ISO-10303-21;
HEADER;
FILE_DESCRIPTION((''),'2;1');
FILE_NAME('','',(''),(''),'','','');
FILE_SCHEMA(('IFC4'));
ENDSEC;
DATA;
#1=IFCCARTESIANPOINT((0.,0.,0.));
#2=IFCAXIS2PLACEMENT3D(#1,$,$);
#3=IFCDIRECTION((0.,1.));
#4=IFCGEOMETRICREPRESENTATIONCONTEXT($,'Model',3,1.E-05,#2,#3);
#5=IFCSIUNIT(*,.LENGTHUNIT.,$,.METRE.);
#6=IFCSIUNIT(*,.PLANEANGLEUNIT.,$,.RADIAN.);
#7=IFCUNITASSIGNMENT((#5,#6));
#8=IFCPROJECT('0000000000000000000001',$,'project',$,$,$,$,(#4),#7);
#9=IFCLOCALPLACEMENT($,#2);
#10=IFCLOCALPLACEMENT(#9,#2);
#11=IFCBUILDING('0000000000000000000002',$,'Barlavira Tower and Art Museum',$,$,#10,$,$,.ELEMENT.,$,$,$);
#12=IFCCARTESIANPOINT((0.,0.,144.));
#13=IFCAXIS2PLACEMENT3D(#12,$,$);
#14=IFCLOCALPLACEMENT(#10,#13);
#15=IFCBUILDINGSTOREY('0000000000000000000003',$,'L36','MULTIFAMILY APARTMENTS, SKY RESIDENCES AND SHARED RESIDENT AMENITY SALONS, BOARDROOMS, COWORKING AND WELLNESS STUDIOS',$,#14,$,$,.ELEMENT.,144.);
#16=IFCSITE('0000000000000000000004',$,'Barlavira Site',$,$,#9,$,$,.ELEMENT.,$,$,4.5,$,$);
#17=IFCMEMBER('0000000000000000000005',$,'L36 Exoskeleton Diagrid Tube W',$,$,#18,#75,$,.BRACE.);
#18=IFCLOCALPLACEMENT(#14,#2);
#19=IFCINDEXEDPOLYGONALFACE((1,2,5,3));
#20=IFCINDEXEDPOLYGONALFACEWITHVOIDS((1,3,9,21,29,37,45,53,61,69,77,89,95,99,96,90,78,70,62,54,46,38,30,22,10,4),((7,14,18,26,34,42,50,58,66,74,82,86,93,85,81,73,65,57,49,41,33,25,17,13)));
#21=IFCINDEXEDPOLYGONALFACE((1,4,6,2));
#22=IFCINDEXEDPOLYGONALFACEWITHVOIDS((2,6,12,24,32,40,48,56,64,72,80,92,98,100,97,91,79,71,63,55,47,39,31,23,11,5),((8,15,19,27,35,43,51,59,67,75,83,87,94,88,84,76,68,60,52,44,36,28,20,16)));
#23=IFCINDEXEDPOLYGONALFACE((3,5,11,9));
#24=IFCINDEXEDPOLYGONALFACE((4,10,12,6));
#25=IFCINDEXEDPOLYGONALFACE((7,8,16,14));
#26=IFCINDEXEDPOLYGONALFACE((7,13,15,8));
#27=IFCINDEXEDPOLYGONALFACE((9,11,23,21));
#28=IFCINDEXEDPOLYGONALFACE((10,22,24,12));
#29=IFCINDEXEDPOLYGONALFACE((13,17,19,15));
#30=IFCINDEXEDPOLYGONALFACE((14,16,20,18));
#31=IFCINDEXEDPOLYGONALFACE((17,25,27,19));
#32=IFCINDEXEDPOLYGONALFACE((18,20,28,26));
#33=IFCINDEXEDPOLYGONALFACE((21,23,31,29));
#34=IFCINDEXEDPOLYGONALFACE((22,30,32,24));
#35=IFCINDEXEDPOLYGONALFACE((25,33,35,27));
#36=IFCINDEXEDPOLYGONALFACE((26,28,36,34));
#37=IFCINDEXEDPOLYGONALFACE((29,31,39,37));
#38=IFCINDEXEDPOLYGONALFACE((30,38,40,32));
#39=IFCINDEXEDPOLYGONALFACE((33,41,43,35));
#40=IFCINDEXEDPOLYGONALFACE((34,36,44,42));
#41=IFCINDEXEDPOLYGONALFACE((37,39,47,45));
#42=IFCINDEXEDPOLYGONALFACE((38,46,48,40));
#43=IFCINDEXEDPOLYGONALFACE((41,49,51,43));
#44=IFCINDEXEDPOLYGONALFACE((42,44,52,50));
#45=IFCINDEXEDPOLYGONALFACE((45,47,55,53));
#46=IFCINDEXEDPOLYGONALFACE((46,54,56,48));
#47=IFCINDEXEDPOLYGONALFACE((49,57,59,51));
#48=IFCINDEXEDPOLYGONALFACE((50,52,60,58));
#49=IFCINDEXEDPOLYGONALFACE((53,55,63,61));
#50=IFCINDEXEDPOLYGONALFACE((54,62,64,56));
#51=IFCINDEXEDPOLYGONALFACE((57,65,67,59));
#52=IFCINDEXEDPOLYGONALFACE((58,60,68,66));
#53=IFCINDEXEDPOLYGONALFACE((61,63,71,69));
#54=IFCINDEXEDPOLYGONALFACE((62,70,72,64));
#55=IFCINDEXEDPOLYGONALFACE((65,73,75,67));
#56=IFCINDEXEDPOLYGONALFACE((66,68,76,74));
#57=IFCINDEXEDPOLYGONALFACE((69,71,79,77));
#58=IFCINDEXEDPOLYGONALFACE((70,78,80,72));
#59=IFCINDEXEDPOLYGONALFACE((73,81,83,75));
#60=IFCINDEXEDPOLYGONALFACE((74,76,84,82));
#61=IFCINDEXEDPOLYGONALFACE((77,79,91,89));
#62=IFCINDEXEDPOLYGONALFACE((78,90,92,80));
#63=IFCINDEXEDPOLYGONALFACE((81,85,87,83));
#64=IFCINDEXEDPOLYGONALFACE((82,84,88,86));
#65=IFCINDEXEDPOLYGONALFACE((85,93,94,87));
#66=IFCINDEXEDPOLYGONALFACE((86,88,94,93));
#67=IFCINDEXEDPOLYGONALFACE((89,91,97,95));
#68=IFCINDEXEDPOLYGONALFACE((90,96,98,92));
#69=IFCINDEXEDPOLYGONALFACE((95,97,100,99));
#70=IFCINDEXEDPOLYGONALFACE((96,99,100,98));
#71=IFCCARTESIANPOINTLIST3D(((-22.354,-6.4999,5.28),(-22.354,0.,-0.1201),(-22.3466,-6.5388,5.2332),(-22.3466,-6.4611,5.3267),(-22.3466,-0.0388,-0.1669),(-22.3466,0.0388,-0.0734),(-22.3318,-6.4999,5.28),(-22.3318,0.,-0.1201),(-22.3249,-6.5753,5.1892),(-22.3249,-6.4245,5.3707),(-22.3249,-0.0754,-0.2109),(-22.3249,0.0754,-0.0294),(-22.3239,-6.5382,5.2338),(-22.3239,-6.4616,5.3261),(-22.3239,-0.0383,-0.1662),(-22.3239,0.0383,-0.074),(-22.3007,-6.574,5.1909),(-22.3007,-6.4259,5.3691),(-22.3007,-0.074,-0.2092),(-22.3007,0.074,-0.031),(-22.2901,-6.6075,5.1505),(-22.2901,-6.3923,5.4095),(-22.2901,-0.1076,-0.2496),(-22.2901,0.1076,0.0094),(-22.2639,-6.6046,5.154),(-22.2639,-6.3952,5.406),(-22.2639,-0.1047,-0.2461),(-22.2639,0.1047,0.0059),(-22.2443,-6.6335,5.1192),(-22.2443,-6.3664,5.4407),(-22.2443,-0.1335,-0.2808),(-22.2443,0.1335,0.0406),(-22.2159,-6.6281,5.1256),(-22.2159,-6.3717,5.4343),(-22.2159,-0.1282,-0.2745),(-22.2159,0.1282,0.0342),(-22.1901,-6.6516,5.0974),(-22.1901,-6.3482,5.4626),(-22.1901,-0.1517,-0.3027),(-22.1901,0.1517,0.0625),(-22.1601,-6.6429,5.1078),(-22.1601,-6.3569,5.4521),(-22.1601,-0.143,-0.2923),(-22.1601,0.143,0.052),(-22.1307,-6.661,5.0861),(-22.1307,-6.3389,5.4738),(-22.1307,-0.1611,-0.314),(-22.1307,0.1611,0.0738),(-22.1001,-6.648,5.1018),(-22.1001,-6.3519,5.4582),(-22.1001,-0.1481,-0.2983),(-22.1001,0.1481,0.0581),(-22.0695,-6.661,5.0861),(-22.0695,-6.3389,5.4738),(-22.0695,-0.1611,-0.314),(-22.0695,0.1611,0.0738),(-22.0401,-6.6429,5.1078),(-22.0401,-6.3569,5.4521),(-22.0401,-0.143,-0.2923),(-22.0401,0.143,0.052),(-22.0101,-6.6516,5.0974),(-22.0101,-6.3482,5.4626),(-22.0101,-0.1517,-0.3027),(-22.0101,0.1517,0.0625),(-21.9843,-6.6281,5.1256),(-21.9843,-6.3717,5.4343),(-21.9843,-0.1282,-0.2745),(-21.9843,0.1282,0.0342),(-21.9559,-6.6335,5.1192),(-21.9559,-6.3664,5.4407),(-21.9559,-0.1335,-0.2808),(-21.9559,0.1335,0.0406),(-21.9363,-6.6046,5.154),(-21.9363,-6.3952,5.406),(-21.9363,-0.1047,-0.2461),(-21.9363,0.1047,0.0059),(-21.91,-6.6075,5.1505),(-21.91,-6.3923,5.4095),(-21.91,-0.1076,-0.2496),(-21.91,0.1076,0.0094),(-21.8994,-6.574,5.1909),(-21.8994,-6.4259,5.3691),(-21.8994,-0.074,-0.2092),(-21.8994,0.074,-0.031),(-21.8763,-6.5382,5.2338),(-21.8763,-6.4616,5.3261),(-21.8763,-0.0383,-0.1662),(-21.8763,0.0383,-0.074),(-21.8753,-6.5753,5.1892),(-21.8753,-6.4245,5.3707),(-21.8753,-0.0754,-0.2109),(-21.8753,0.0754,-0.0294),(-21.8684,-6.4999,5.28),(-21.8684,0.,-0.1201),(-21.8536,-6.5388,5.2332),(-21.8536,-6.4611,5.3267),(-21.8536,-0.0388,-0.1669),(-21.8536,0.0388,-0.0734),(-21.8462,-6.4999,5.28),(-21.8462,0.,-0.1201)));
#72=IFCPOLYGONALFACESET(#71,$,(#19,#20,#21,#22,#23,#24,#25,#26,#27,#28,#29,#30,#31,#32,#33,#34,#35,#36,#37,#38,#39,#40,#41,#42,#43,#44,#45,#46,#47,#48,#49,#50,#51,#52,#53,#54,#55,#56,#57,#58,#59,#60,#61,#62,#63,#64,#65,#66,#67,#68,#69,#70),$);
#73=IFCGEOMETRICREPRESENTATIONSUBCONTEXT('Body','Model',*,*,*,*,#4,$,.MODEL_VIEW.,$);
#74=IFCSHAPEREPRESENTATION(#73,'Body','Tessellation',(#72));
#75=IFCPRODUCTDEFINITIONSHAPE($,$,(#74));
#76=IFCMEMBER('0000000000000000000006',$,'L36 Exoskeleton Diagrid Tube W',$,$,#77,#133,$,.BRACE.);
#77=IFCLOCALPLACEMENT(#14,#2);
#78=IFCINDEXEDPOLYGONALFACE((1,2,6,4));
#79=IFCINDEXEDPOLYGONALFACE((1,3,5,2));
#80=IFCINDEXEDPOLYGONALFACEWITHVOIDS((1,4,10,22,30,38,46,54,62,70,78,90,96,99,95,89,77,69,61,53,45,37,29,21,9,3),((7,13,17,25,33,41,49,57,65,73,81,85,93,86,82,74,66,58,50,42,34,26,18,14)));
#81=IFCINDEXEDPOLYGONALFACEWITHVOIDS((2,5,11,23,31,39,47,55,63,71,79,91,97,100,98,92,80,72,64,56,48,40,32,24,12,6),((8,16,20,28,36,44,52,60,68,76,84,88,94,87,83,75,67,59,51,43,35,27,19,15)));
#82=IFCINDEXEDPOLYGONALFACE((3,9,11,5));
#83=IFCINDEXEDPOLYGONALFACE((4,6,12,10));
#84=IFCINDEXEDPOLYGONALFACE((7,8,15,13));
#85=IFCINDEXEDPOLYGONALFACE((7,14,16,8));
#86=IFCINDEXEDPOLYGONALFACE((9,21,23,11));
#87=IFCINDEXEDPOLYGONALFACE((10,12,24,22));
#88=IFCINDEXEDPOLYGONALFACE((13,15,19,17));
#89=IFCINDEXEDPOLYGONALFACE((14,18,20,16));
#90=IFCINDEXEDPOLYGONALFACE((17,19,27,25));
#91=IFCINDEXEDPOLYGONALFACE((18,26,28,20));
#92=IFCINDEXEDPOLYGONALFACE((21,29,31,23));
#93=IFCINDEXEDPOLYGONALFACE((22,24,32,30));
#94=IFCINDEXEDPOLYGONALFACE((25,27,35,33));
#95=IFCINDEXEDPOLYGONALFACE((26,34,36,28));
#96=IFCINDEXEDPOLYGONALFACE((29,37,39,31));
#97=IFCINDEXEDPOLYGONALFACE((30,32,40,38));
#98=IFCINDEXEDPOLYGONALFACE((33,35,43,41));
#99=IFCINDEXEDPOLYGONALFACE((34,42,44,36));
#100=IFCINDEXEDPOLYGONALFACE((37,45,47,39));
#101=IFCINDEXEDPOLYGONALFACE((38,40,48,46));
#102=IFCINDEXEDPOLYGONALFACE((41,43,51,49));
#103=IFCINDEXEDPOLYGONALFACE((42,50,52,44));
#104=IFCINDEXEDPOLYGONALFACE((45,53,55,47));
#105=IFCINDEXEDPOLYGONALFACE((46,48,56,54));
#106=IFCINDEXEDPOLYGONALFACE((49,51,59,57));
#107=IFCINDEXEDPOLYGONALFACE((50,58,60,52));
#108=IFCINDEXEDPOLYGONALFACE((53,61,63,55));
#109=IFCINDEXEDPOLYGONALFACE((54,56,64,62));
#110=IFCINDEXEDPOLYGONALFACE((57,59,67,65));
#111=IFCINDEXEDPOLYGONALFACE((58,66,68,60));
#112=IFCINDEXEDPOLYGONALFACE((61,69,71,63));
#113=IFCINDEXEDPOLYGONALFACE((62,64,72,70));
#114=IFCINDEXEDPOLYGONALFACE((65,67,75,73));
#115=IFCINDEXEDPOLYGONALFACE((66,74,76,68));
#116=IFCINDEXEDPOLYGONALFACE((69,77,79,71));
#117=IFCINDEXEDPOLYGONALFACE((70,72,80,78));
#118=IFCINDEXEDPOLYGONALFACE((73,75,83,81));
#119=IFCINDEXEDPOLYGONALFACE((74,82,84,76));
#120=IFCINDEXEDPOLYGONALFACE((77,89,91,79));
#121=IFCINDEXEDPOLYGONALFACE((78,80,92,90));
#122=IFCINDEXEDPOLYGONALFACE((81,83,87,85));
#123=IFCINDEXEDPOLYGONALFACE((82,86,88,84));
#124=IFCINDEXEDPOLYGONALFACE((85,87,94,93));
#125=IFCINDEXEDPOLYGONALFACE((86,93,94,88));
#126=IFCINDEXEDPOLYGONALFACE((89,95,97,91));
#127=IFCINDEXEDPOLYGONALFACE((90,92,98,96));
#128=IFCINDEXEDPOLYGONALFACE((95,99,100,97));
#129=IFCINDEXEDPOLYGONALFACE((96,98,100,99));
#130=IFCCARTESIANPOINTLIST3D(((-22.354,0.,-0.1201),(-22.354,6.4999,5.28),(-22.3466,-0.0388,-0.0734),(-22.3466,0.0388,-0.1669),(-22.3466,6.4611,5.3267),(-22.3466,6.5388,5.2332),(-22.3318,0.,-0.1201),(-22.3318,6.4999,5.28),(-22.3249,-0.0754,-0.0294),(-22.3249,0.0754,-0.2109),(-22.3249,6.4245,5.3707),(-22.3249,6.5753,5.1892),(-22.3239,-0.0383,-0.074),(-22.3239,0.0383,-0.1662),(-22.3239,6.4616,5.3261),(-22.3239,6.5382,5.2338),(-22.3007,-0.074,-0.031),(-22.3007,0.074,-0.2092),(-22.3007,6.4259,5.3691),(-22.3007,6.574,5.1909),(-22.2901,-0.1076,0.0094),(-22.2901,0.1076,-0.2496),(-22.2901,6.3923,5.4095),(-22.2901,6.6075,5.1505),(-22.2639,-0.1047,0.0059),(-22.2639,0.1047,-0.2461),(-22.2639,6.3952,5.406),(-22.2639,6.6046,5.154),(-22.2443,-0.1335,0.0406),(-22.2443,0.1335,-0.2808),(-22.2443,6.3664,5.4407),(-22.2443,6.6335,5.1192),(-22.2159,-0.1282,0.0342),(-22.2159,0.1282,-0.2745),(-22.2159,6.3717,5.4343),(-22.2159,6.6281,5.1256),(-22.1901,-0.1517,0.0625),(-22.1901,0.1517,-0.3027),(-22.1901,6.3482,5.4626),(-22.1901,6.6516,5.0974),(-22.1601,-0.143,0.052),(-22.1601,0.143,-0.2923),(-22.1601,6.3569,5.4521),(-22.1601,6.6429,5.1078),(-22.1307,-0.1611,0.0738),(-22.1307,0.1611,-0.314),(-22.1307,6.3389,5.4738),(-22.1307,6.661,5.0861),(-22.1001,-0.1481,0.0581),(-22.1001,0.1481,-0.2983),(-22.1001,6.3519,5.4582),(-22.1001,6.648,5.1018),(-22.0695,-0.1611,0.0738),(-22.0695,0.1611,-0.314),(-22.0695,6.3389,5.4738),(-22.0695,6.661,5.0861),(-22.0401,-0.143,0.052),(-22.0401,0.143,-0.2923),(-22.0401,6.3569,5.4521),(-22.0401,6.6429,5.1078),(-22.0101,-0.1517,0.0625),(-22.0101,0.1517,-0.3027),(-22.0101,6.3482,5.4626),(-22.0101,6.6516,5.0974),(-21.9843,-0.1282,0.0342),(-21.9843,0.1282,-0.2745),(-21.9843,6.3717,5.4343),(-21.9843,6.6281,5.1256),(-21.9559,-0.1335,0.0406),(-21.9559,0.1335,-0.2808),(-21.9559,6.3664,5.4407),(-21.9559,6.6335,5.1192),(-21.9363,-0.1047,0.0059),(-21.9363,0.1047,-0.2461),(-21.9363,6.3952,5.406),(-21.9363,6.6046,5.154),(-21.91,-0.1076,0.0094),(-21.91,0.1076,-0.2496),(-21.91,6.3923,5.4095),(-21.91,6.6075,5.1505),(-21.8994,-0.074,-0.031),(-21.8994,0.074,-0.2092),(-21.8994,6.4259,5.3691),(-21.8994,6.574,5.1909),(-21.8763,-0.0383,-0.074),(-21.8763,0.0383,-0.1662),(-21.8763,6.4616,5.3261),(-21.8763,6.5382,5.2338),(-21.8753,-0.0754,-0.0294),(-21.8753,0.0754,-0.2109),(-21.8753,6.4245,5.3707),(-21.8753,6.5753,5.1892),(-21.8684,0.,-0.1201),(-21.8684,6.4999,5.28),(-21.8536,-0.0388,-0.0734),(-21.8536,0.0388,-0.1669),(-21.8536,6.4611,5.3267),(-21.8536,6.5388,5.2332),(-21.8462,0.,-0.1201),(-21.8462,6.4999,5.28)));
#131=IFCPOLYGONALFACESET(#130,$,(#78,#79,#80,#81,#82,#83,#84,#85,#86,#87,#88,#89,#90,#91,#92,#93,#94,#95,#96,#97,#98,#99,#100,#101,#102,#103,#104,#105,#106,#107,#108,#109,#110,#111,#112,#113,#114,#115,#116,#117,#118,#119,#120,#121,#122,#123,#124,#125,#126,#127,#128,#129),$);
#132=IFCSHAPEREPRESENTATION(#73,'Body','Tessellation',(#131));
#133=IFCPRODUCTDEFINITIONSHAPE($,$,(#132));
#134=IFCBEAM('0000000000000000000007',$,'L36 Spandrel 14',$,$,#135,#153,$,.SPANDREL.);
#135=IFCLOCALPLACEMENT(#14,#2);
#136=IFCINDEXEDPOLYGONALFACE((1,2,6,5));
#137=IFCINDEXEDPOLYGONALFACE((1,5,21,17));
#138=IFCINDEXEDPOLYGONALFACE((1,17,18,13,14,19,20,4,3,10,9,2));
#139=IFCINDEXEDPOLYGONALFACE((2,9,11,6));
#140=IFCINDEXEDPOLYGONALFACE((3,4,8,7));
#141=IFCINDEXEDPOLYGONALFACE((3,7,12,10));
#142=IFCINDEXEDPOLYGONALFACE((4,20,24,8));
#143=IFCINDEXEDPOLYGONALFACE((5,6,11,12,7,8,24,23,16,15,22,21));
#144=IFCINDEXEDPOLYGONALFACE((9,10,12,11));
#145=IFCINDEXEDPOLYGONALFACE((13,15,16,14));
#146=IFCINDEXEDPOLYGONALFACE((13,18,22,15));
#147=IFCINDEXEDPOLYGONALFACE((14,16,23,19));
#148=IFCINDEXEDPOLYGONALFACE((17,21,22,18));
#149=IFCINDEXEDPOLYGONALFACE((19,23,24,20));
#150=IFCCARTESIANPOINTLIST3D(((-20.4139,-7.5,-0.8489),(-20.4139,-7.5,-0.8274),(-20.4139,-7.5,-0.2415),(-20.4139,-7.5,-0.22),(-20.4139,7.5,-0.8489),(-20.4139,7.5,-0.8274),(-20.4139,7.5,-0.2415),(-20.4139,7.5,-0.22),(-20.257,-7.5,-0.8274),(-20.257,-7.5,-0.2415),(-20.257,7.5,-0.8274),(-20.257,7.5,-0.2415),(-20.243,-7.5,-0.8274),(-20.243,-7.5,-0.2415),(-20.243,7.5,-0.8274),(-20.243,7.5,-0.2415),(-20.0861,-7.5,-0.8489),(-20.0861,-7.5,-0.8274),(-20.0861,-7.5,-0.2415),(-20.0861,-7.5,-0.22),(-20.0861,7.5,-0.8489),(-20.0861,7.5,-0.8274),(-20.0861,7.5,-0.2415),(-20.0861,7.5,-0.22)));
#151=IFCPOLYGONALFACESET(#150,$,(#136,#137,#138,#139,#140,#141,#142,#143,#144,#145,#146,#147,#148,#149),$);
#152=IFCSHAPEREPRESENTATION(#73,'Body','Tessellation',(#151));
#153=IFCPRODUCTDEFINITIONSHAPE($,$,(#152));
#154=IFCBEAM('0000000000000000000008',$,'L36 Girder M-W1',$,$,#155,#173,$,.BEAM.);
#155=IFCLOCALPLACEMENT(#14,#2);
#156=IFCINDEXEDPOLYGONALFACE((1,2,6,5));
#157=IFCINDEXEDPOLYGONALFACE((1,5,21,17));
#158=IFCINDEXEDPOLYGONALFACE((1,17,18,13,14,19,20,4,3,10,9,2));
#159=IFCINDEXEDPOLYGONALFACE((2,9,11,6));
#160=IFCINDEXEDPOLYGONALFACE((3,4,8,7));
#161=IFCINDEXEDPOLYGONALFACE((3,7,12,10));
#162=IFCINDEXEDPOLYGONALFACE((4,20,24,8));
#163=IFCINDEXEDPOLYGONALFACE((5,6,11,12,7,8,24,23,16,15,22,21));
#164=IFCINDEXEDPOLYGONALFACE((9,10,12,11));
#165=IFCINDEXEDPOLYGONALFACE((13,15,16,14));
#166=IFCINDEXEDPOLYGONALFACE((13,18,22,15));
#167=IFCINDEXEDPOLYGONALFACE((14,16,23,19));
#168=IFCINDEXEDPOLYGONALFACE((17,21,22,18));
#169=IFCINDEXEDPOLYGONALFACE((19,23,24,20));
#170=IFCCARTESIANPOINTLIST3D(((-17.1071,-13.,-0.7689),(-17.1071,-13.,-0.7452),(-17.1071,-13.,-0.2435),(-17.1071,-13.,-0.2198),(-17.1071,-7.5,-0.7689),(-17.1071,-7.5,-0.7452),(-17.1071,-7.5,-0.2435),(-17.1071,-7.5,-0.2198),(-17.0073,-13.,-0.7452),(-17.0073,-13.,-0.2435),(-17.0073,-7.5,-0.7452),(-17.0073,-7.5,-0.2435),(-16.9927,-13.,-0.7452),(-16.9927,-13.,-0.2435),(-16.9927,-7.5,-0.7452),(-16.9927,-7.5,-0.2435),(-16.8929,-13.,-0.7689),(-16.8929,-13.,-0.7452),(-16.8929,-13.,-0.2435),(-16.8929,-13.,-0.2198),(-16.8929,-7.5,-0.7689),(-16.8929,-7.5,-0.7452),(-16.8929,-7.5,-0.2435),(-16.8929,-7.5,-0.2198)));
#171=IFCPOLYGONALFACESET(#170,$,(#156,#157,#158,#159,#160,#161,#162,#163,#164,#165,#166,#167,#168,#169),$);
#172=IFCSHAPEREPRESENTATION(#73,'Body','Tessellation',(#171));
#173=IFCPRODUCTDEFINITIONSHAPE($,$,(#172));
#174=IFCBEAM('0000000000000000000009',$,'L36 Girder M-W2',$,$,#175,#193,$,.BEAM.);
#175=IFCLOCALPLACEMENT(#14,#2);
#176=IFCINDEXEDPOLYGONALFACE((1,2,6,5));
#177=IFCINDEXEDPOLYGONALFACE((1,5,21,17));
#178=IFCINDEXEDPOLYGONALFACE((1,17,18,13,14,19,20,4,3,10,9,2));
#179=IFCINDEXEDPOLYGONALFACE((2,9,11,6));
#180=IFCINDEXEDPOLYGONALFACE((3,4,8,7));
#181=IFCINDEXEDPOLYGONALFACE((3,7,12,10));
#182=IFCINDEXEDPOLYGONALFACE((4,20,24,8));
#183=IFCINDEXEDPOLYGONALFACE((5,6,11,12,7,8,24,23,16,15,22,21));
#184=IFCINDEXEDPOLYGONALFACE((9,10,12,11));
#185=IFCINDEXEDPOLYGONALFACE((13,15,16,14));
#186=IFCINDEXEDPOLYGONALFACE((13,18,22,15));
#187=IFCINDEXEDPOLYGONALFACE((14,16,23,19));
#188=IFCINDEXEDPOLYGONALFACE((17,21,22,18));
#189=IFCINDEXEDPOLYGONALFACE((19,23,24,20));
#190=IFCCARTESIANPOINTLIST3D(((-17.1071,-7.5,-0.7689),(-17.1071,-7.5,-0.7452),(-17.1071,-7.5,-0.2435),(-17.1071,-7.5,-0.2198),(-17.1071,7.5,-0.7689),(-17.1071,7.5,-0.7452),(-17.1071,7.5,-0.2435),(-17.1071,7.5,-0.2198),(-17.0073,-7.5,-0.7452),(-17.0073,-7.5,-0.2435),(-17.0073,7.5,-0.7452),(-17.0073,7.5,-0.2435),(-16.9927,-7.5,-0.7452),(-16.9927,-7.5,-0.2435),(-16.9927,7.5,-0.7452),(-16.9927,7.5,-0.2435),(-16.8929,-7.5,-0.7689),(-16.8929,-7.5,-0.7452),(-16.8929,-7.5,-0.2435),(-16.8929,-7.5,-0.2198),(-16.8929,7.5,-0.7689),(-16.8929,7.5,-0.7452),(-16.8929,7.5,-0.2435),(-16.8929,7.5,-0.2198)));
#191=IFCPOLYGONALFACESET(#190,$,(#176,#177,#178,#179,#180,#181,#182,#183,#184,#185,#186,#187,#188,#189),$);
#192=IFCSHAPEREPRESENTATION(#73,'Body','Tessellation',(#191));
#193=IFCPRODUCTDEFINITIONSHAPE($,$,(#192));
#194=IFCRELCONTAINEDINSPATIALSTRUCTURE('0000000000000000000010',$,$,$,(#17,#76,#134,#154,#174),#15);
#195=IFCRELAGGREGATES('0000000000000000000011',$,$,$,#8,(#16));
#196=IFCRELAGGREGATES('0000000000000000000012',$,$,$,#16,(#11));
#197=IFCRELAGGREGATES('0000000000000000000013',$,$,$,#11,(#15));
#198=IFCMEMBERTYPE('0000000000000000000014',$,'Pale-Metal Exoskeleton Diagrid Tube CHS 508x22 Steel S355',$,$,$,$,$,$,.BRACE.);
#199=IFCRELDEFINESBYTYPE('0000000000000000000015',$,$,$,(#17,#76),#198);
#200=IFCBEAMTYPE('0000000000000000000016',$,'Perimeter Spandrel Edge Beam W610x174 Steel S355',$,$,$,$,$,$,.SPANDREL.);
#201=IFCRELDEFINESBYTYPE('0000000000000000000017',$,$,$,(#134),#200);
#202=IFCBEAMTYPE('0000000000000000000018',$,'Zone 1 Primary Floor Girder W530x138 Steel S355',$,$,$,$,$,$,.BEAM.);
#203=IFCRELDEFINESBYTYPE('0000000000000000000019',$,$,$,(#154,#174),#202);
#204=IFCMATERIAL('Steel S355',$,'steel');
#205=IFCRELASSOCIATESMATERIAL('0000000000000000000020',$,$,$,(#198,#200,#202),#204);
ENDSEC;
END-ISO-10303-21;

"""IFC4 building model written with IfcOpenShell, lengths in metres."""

from ifc_helpers import new_model, si_unit, direction, frame, origin, origin_2d, place, context, subcontext, project, spatial, hollow_circle, i_section, extrude, material, material_profile, profile_set, type_object, element, save


model = new_model("IFC4")

# Units and contexts
model_context = context("Model", 3, precision=1e-05, world=origin(), true_north=direction((0.0, 1.0)))
body_context = subcontext(model_context, "Body", "Model", "MODEL_VIEW")
ifc_project = project(units=[si_unit("LENGTHUNIT", "METRE"), si_unit("PLANEANGLEUNIT", "RADIAN")], contexts=[model_context])

# Site, building, storey
site_placement = place(None, origin())
site = spatial("IfcSite", under=ifc_project, at=site_placement, Name="Barlavira Site", CompositionType="ELEMENT", RefElevation=4.5)
building_placement = place(site_placement, origin())
building = spatial("IfcBuilding", under=site, at=building_placement, Name="Barlavira Tower and Art Museum", CompositionType="ELEMENT")
storey_placement = place(building_placement, frame((0.0, 0.0, 144.0)))
storey = spatial("IfcBuildingStorey", under=building, at=storey_placement, Name="L36", Description="MULTIFAMILY APARTMENTS, SKY RESIDENCES AND SHARED RESIDENT AMENITY SALONS, BOARDROOMS, COWORKING AND WELLNESS STUDIOS", CompositionType="ELEMENT", Elevation=144.0)

# Members
ifc_material_1 = material(Name="Steel S355", Category="steel")
ifc_material_profile_1 = material_profile(ifc_material_1, hollow_circle(Radius=0.2539, WallThickness=0.0222, at=origin_2d()), Name="CHS 508.0x22.2")
ifc_profile_set_1 = profile_set([ifc_material_profile_1], Name="Steel S355")
member_type_1 = type_object("IfcMemberType", Name="Pale-Metal Exoskeleton Diagrid Tube CHS 508x22 Steel S355", PredefinedType="BRACE", material=ifc_profile_set_1)
for number, where, z_axis, x_axis, name in (
    (1, (-22.1001, 0.0, -0.1201), (0.0, -0.769182, 0.63903), (1.0, 0.0, 0.0), "L36 Exoskeleton Diagrid Tube W"),
    (2, (-22.1001, 0.0, -0.1201), (0.0, 0.769182, 0.63903), (-1.0, 0.0, 0.0), "L36 Exoskeleton Diagrid Tube W"),
):
    element("IfcMember", number, at=place(storey_placement, frame(where, z_axis=z_axis, x_axis=x_axis)), inside=storey, type_object=member_type_1, Name=name, PredefinedType="BRACE", context=body_context, shape_type="SweptSolid", body=[
        extrude(hollow_circle(Radius=0.2539, WallThickness=0.0222, at=origin_2d()), origin(), (0.0, 0.0, 1.0), 8.4504),
    ])

# Beams
ifc_material_profile_2 = material_profile(ifc_material_1, i_section(OverallWidth=0.3279, OverallDepth=0.6289, WebThickness=0.0139, FlangeThickness=0.0215, at=origin_2d()), Name="W610x174.0")
ifc_profile_set_2 = profile_set([ifc_material_profile_2], Name="Steel S355")
beam_type_1 = type_object("IfcBeamType", Name="Perimeter Spandrel Edge Beam W610x174 Steel S355", PredefinedType="SPANDREL", material=ifc_profile_set_2)
beam_1_placement = place(storey_placement, frame((-20.25, -7.5, -0.5344), z_axis=(0.0, 1.0, 0.0), x_axis=(-1.0, 0.0, 0.0)))
element("IfcBeam", 3, at=beam_1_placement, inside=storey, type_object=beam_type_1, Name="L36 Spandrel 14", PredefinedType="SPANDREL", context=body_context, shape_type="SweptSolid", body=[
    extrude(i_section(OverallWidth=0.3279, OverallDepth=0.6289, WebThickness=0.0139, FlangeThickness=0.0215, at=origin_2d()), origin(), (0.0, 0.0, 1.0), 15.0),
])
ifc_material_profile_3 = material_profile(ifc_material_1, i_section(OverallWidth=0.2141, OverallDepth=0.5491, WebThickness=0.0146, FlangeThickness=0.0237, at=origin_2d()), Name="W530x138.0")
ifc_profile_set_3 = profile_set([ifc_material_profile_3], Name="Steel S355")
beam_type_2 = type_object("IfcBeamType", Name="Zone 1 Primary Floor Girder W530x138 Steel S355", PredefinedType="BEAM", material=ifc_profile_set_3)
beam_2_placement = place(storey_placement, frame((-17.0, -13.0, -0.4944), z_axis=(0.0, 1.0, 0.0), x_axis=(-1.0, 0.0, 0.0)))
element("IfcBeam", 4, at=beam_2_placement, inside=storey, type_object=beam_type_2, Name="L36 Girder M-W1", PredefinedType="BEAM", context=body_context, shape_type="SweptSolid", body=[
    extrude(i_section(OverallWidth=0.2141, OverallDepth=0.5491, WebThickness=0.0146, FlangeThickness=0.0237, at=origin_2d()), origin(), (0.0, 0.0, 1.0), 5.5),
])
beam_3_placement = place(storey_placement, frame((-17.0, -7.5, -0.4944), z_axis=(0.0, 1.0, 0.0), x_axis=(-1.0, 0.0, 0.0)))
element("IfcBeam", 5, at=beam_3_placement, inside=storey, type_object=beam_type_2, Name="L36 Girder M-W2", PredefinedType="BEAM", context=body_context, shape_type="SweptSolid", body=[
    extrude(i_section(OverallWidth=0.2141, OverallDepth=0.5491, WebThickness=0.0146, FlangeThickness=0.0237, at=origin_2d()), origin(), (0.0, 0.0, 1.0), 15.0),
])

save(model, "model.ifc")
